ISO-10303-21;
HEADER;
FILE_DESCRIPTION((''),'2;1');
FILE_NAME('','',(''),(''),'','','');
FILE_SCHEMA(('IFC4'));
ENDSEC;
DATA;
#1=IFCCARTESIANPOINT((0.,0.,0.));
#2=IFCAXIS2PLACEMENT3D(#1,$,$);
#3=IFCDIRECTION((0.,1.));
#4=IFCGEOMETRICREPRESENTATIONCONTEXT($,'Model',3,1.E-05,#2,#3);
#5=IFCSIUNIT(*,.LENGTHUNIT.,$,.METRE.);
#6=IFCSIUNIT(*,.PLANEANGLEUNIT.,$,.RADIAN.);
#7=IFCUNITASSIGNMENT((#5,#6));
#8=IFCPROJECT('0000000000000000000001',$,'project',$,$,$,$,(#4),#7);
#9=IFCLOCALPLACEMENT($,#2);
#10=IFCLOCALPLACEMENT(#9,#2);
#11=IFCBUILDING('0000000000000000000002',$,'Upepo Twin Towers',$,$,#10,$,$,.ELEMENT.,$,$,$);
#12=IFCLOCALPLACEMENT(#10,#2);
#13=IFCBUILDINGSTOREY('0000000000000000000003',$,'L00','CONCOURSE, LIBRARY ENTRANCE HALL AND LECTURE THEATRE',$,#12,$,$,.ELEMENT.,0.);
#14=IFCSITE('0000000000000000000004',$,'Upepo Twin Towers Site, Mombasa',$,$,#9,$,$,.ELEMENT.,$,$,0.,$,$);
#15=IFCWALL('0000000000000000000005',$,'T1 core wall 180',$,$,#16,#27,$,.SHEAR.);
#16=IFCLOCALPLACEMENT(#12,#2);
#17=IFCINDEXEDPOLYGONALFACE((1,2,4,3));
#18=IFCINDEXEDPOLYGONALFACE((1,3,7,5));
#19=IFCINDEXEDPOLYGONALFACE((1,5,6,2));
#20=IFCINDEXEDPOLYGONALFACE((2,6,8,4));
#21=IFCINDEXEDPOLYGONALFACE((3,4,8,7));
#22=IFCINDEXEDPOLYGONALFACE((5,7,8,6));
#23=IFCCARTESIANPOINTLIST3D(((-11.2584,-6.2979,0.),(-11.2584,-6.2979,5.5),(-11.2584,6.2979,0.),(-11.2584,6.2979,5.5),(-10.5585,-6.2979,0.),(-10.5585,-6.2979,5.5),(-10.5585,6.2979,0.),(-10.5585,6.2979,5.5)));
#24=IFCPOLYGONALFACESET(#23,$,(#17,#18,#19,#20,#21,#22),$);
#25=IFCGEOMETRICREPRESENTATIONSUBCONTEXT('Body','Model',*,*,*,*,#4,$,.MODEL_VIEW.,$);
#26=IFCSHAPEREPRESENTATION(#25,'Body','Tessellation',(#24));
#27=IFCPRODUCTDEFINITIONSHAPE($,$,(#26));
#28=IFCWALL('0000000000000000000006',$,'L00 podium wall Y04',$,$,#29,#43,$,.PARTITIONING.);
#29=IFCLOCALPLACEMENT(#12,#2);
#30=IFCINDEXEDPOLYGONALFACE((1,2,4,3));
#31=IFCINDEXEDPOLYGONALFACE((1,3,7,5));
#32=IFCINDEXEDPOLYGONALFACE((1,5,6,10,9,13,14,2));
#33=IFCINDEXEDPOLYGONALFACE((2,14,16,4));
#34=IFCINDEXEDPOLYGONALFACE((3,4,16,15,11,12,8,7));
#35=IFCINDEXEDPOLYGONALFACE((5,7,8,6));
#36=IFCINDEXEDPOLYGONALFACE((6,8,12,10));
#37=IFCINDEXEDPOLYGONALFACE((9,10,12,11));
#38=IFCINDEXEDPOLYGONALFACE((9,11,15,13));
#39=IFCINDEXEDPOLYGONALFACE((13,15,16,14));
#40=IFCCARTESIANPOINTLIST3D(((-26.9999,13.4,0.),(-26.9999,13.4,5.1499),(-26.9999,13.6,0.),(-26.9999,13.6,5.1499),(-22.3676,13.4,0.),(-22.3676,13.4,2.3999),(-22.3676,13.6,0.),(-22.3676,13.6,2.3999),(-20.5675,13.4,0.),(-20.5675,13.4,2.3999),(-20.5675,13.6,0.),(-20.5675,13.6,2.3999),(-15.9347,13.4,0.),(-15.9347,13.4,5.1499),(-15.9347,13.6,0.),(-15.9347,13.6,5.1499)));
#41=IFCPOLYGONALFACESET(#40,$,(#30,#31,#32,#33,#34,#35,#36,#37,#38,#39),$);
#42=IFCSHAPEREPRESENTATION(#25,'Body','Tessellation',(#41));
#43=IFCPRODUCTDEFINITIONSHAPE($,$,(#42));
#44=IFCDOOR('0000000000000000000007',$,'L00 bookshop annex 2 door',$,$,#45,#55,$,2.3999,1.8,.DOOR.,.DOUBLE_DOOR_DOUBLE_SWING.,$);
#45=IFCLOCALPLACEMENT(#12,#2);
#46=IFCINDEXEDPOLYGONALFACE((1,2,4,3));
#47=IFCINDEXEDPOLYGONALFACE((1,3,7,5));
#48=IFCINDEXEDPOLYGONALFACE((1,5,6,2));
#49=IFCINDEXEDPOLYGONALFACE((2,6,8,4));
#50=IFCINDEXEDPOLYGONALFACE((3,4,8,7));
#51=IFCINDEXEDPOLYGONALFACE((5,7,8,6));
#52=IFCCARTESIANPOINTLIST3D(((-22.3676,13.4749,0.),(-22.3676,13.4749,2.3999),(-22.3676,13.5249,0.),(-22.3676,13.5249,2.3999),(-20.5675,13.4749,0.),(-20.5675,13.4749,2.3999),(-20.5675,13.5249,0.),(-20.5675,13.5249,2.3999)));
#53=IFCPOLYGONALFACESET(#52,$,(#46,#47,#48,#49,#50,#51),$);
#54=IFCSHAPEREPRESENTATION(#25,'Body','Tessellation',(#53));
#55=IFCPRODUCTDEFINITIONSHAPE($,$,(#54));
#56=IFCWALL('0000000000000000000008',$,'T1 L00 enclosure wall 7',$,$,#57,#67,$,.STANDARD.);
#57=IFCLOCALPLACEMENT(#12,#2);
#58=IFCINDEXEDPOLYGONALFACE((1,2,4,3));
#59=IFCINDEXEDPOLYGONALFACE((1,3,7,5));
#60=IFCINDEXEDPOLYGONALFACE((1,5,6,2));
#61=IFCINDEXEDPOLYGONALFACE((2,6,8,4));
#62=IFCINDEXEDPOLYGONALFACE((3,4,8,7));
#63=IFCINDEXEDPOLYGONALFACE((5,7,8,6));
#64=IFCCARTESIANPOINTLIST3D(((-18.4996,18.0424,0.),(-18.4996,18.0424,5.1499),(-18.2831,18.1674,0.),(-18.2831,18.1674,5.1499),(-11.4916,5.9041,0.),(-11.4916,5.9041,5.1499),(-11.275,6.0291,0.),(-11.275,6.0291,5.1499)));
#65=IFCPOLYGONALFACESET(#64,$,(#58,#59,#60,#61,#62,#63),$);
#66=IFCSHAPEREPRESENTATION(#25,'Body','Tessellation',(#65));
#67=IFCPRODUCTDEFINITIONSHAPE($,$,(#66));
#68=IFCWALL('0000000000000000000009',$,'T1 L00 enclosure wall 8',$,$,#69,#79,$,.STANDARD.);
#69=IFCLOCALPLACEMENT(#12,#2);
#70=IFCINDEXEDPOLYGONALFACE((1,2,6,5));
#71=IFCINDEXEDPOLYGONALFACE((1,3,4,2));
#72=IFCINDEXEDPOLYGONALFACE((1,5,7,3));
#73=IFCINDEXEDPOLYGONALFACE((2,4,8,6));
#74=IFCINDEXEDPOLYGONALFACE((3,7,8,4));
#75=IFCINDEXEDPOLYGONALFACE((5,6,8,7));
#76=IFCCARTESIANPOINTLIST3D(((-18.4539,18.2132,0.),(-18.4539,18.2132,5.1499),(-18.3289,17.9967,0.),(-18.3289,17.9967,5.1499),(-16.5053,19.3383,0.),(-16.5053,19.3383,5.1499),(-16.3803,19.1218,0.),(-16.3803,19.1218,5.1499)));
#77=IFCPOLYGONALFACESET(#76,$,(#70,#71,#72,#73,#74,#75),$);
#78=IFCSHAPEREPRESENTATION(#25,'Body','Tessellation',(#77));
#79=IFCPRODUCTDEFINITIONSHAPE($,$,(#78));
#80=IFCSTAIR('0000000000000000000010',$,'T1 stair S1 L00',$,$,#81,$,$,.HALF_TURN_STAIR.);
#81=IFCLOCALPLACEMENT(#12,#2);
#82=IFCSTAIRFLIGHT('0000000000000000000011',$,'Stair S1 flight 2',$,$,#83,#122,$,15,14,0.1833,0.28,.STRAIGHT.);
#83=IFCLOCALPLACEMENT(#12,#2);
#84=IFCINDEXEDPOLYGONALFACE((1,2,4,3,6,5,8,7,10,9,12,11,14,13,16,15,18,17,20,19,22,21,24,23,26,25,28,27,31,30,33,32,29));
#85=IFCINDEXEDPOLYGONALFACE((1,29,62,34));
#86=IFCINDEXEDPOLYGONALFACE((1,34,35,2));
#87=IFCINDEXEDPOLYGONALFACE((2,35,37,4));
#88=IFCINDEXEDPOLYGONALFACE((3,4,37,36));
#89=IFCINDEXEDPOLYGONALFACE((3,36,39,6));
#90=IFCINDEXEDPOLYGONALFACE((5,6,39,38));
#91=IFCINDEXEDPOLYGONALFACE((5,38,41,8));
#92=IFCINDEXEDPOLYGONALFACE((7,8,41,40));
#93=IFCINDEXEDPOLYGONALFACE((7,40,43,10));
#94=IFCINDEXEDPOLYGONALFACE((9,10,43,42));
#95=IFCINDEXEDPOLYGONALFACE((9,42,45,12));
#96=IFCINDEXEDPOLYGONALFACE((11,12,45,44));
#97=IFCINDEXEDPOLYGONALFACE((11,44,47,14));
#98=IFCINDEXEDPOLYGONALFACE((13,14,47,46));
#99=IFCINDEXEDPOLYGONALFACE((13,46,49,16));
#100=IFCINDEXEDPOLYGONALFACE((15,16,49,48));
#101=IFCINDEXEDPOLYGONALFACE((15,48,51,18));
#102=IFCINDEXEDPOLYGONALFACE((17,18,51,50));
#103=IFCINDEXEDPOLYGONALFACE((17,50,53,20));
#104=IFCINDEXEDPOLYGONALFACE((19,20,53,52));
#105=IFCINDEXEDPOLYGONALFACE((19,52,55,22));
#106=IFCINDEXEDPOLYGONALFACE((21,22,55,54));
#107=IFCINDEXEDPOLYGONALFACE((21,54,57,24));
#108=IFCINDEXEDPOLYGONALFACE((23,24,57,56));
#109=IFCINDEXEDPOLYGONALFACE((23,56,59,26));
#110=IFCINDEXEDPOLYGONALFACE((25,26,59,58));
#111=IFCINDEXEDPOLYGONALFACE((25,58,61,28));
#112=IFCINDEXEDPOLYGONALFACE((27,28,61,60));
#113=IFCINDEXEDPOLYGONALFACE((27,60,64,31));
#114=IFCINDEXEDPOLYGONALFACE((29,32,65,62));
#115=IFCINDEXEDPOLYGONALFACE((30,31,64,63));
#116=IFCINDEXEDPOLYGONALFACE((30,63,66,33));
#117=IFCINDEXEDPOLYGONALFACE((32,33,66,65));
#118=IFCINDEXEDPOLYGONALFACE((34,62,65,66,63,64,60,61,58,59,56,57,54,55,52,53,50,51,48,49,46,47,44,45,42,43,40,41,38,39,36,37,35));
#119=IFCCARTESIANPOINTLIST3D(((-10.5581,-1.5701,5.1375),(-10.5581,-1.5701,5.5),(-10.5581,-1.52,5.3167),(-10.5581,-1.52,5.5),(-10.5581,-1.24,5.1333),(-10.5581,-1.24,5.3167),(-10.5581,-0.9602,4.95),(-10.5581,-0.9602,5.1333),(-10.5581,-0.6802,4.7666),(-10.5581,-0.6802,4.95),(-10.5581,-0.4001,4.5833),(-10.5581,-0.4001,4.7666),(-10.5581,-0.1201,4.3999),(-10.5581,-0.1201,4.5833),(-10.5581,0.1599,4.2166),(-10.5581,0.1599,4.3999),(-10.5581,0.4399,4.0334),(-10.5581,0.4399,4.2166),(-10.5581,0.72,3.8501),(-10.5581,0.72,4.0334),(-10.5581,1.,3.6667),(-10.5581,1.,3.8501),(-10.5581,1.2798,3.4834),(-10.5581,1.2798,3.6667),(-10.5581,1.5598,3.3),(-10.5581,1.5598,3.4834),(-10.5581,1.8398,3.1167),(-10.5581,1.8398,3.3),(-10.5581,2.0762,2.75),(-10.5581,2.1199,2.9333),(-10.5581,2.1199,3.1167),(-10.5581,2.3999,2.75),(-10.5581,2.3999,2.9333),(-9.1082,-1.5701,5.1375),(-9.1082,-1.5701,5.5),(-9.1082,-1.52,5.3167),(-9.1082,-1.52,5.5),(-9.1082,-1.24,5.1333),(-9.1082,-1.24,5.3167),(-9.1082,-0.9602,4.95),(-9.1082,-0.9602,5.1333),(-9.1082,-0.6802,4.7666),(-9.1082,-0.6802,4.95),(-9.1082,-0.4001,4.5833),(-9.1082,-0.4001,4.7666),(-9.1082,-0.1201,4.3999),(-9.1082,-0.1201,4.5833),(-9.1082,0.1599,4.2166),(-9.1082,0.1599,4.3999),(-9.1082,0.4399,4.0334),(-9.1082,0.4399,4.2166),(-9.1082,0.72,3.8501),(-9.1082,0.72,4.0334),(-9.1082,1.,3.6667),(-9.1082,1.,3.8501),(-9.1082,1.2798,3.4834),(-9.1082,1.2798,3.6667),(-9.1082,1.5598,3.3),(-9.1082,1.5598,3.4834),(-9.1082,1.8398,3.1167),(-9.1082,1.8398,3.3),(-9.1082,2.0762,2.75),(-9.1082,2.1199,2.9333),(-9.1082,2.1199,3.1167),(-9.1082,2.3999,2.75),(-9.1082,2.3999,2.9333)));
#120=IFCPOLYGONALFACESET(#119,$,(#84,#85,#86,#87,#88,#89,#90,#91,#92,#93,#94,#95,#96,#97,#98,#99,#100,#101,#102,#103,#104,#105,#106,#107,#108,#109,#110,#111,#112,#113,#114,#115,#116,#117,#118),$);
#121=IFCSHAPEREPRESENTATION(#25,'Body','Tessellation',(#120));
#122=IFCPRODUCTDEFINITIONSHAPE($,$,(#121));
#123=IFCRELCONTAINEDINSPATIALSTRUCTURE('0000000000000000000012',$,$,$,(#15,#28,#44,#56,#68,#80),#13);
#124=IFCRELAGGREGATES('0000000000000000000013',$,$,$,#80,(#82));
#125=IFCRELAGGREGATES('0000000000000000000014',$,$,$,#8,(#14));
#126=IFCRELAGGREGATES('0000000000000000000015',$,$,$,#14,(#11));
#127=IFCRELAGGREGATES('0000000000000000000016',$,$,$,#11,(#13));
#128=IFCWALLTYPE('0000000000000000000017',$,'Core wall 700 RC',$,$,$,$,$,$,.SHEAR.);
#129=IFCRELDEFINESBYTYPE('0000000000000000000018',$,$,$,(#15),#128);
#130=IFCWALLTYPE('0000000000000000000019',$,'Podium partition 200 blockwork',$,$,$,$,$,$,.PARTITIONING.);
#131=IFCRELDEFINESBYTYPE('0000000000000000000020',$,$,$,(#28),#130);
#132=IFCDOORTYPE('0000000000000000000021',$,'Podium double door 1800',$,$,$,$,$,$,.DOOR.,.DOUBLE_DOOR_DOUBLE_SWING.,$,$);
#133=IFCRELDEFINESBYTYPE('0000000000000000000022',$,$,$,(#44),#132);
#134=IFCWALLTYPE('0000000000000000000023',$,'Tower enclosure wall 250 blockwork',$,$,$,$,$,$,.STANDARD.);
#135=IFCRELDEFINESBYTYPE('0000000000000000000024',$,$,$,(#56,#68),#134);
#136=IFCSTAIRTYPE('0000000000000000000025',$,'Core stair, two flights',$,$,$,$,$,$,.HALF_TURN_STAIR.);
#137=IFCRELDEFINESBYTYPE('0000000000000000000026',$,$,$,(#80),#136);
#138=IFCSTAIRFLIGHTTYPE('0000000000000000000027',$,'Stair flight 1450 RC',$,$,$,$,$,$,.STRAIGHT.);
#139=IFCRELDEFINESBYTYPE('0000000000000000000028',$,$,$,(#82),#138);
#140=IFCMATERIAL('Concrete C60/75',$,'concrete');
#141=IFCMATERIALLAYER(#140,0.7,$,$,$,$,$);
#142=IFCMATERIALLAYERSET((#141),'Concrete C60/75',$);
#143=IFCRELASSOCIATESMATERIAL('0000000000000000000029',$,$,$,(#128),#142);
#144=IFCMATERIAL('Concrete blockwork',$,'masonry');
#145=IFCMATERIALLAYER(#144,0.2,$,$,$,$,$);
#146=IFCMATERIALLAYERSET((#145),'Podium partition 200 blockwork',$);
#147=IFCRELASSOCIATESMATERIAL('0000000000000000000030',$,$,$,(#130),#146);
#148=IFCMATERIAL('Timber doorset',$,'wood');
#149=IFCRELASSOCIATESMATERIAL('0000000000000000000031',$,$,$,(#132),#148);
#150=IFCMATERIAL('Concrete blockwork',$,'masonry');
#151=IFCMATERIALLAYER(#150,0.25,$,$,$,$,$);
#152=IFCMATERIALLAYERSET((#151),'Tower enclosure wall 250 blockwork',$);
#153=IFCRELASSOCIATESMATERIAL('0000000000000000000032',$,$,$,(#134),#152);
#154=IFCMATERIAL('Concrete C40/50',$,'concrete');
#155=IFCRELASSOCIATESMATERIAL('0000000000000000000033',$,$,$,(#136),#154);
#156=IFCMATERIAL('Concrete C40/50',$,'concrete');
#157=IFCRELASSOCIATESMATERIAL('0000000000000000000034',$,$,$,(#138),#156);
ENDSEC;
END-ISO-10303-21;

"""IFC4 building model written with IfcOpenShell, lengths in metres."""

from ifc_helpers import new_model, si_unit, direction, frame, frame_2d, origin, place, context, subcontext, project, spatial, polyline, rectangle, outline, extrude, material, layer, layer_set, type_object, element, fill, aggregate, save


model = new_model("IFC4")

# Units and contexts
model_context = context("Model", 3, precision=1e-05, world=origin(), true_north=direction((0.0, 1.0)))
body_context = subcontext(model_context, "Body", "Model", "MODEL_VIEW")
ifc_project = project(units=[si_unit("LENGTHUNIT", "METRE"), si_unit("PLANEANGLEUNIT", "RADIAN")], contexts=[model_context])

# Site, building, storey
site_placement = place(None, origin())
site = spatial("IfcSite", under=ifc_project, at=site_placement, Name="Upepo Twin Towers Site, Mombasa", CompositionType="ELEMENT", RefElevation=0.0)
building_placement = place(site_placement, origin())
building = spatial("IfcBuilding", under=site, at=building_placement, Name="Upepo Twin Towers", CompositionType="ELEMENT")
storey_placement = place(building_placement, origin())
storey = spatial("IfcBuildingStorey", under=building, at=storey_placement, Name="L00", Description="CONCOURSE, LIBRARY ENTRANCE HALL AND LECTURE THEATRE", CompositionType="ELEMENT", Elevation=0.0)

# Wall
ifc_material_1 = material(Name="Concrete C60/75", Category="concrete")
ifc_layer_1 = layer(ifc_material_1, 0.7)
ifc_layer_set_1 = layer_set([ifc_layer_1], Name="Concrete C60/75")
wall_type_1 = type_object("IfcWallType", Name="Core wall 700 RC", PredefinedType="SHEAR", material=ifc_layer_set_1)
wall_1_placement = place(storey_placement, frame((-10.9084, 6.2979, 0.0), z_axis=(0.0, 0.0, 1.0), x_axis=(0.0, -1.0, 0.0)))
element("IfcWall", 1, at=wall_1_placement, inside=storey, type_object=wall_type_1, Name="T1 core wall 180", PredefinedType="SHEAR", context=body_context, shape_type="SweptSolid", body=[
    extrude(rectangle(XDim=12.5957, YDim=0.7, at=frame_2d((6.2979, 0.0))), origin(), (0.0, 0.0, 1.0), 5.5),
])

# Wall, opening, door
ifc_material_2 = material(Name="Concrete blockwork", Category="masonry")
ifc_layer_2 = layer(ifc_material_2, 0.2)
ifc_layer_set_2 = layer_set([ifc_layer_2], Name="Podium partition 200 blockwork")
wall_type_2 = type_object("IfcWallType", Name="Podium partition 200 blockwork", PredefinedType="PARTITIONING", material=ifc_layer_set_2)
wall_2_placement = place(storey_placement, frame((-27.0, 13.5, 0.0), z_axis=(0.0, 0.0, 1.0), x_axis=(1.0, 0.0, 0.0)))
wall_2 = element("IfcWall", 2, at=wall_2_placement, inside=storey, type_object=wall_type_2, Name="L00 podium wall Y04", PredefinedType="PARTITIONING", context=body_context, shape_type="SweptSolid", body=[
    extrude(rectangle(XDim=11.0652, YDim=0.2, at=frame_2d((5.5327, 0.0))), origin(), (0.0, 0.0, 1.0), 5.1499),
])
opening_placement = place(wall_2_placement, frame((4.6326, 0.0, 0.0)))
opening = element("IfcOpeningElement", 3, at=opening_placement, cuts=wall_2, PredefinedType="OPENING", context=body_context, shape_type="SweptSolid", body=[
    extrude(rectangle(XDim=1.8, YDim=2.3999, at=frame_2d((0.8999, 1.2))), frame((0.0, 0.1099, 0.0), z_axis=(0.0, -1.0, 0.0), x_axis=(1.0, 0.0, 0.0)), (0.0, 0.0, 1.0), 0.22),
])
ifc_material_3 = material(Name="Timber doorset", Category="wood")
door_type = type_object("IfcDoorType", Name="Podium double door 1800", OperationType="DOUBLE_DOOR_DOUBLE_SWING", PredefinedType="DOOR", material=ifc_material_3)
door_placement = place(opening_placement, origin())
door = element("IfcDoor", 4, at=door_placement, inside=storey, type_object=door_type, Name="L00 bookshop annex 2 door", OperationType="DOUBLE_DOOR_DOUBLE_SWING", OverallHeight=2.3999, OverallWidth=1.8, PredefinedType="DOOR", context=body_context, shape_type="SweptSolid", body=[
    extrude(rectangle(XDim=1.8, YDim=2.3999, at=frame_2d((0.8999, 1.2))), frame((0.0, 0.0249, 0.0), z_axis=(0.0, -1.0, 0.0), x_axis=(1.0, 0.0, 0.0)), (0.0, 0.0, 1.0), 0.05),
])
fill(opening, door)

# Walls
ifc_material_4 = material(Name="Concrete blockwork", Category="masonry")
ifc_layer_3 = layer(ifc_material_4, 0.25)
ifc_layer_set_3 = layer_set([ifc_layer_3], Name="Tower enclosure wall 250 blockwork")
wall_type_3 = type_object("IfcWallType", Name="Tower enclosure wall 250 blockwork", PredefinedType="STANDARD", material=ifc_layer_set_3)
wall_3_placement = place(storey_placement, frame((-11.3833, 5.9666, 0.0), z_axis=(0.0, 0.0, 1.0), x_axis=(-0.499996, 0.866028, 0.0)))
element("IfcWall", 5, at=wall_3_placement, inside=storey, type_object=wall_type_3, Name="T1 L00 enclosure wall 7", PredefinedType="STANDARD", context=body_context, shape_type="SweptSolid", body=[
    extrude(rectangle(XDim=14.0161, YDim=0.25, at=frame_2d((7.0081, 0.0))), origin(), (0.0, 0.0, 1.0), 5.1499),
])
wall_4_placement = place(storey_placement, frame((-18.3914, 18.105, 0.0), z_axis=(0.0, 0.0, 1.0), x_axis=(0.866018, 0.500014, 0.0)))
element("IfcWall", 6, at=wall_4_placement, inside=storey, type_object=wall_type_3, Name="T1 L00 enclosure wall 8", PredefinedType="STANDARD", context=body_context, shape_type="SweptSolid", body=[
    extrude(rectangle(XDim=2.25, YDim=0.25, at=frame_2d((1.125, 0.0))), origin(), (0.0, 0.0, 1.0), 5.1499),
])

# Stair, stair flight
ifc_material_5 = material(Name="Concrete C40/50", Category="concrete")
stair_type = type_object("IfcStairType", Name="Core stair, two flights", PredefinedType="HALF_TURN_STAIR", material=ifc_material_5)
stair_placement = place(storey_placement, origin())
stair = element("IfcStair", 7, at=stair_placement, inside=storey, type_object=stair_type, Name="T1 stair S1 L00", PredefinedType="HALF_TURN_STAIR")
ifc_material_6 = material(Name="Concrete C40/50", Category="concrete")
stair_flight_type = type_object("IfcStairFlightType", Name="Stair flight 1450 RC", PredefinedType="STRAIGHT", material=ifc_material_6)
stair_flight_placement = place(storey_placement, frame((-9.8333, 2.3999, 2.75), z_axis=(0.0, 0.0, 1.0), x_axis=(0.0, -1.0, 0.0)))
stair_flight = element("IfcStairFlight", 8, at=stair_flight_placement, type_object=stair_flight_type, Name="Stair S1 flight 2", NumberOfRisers=15, NumberOfTreads=14, PredefinedType="STRAIGHT", RiserHeight=0.1833, TreadLength=0.28, context=body_context, shape_type="SweptSolid", body=[
    extrude(outline(polyline([(0.0, 0.0), (0.0, 0.1833), (0.28, 0.1833), (0.28, 0.3667), (0.5601, 0.3667), (0.5601, 0.55), (0.8401, 0.55), (0.8401, 0.7334), (1.1201, 0.7334), (1.1201, 0.9167), (1.3999, 0.9167), (1.3999, 1.1001), (1.6799, 1.1001), (1.6799, 1.2834), (1.96, 1.2834), (1.96, 1.4666), (2.24, 1.4666), (2.24, 1.6499), (2.52, 1.6499), (2.52, 1.8333), (2.8, 1.8333), (2.8, 2.0166), (3.0801, 2.0166), (3.0801, 2.2), (3.3601, 2.2), (3.3601, 2.3833), (3.6399, 2.3833), (3.6399, 2.5667), (3.9199, 2.5667), (3.9199, 2.75), (3.97, 2.75), (3.97, 2.3875), (0.3237, 0.0), (0.0, 0.0)])), frame((0.0, 0.7251, 0.0), z_axis=(0.0, -1.0, 0.0), x_axis=(1.0, 0.0, 0.0)), (0.0, 0.0, 1.0), 1.45),
])
aggregate(stair, [stair_flight])

save(model, "model.ifc")
